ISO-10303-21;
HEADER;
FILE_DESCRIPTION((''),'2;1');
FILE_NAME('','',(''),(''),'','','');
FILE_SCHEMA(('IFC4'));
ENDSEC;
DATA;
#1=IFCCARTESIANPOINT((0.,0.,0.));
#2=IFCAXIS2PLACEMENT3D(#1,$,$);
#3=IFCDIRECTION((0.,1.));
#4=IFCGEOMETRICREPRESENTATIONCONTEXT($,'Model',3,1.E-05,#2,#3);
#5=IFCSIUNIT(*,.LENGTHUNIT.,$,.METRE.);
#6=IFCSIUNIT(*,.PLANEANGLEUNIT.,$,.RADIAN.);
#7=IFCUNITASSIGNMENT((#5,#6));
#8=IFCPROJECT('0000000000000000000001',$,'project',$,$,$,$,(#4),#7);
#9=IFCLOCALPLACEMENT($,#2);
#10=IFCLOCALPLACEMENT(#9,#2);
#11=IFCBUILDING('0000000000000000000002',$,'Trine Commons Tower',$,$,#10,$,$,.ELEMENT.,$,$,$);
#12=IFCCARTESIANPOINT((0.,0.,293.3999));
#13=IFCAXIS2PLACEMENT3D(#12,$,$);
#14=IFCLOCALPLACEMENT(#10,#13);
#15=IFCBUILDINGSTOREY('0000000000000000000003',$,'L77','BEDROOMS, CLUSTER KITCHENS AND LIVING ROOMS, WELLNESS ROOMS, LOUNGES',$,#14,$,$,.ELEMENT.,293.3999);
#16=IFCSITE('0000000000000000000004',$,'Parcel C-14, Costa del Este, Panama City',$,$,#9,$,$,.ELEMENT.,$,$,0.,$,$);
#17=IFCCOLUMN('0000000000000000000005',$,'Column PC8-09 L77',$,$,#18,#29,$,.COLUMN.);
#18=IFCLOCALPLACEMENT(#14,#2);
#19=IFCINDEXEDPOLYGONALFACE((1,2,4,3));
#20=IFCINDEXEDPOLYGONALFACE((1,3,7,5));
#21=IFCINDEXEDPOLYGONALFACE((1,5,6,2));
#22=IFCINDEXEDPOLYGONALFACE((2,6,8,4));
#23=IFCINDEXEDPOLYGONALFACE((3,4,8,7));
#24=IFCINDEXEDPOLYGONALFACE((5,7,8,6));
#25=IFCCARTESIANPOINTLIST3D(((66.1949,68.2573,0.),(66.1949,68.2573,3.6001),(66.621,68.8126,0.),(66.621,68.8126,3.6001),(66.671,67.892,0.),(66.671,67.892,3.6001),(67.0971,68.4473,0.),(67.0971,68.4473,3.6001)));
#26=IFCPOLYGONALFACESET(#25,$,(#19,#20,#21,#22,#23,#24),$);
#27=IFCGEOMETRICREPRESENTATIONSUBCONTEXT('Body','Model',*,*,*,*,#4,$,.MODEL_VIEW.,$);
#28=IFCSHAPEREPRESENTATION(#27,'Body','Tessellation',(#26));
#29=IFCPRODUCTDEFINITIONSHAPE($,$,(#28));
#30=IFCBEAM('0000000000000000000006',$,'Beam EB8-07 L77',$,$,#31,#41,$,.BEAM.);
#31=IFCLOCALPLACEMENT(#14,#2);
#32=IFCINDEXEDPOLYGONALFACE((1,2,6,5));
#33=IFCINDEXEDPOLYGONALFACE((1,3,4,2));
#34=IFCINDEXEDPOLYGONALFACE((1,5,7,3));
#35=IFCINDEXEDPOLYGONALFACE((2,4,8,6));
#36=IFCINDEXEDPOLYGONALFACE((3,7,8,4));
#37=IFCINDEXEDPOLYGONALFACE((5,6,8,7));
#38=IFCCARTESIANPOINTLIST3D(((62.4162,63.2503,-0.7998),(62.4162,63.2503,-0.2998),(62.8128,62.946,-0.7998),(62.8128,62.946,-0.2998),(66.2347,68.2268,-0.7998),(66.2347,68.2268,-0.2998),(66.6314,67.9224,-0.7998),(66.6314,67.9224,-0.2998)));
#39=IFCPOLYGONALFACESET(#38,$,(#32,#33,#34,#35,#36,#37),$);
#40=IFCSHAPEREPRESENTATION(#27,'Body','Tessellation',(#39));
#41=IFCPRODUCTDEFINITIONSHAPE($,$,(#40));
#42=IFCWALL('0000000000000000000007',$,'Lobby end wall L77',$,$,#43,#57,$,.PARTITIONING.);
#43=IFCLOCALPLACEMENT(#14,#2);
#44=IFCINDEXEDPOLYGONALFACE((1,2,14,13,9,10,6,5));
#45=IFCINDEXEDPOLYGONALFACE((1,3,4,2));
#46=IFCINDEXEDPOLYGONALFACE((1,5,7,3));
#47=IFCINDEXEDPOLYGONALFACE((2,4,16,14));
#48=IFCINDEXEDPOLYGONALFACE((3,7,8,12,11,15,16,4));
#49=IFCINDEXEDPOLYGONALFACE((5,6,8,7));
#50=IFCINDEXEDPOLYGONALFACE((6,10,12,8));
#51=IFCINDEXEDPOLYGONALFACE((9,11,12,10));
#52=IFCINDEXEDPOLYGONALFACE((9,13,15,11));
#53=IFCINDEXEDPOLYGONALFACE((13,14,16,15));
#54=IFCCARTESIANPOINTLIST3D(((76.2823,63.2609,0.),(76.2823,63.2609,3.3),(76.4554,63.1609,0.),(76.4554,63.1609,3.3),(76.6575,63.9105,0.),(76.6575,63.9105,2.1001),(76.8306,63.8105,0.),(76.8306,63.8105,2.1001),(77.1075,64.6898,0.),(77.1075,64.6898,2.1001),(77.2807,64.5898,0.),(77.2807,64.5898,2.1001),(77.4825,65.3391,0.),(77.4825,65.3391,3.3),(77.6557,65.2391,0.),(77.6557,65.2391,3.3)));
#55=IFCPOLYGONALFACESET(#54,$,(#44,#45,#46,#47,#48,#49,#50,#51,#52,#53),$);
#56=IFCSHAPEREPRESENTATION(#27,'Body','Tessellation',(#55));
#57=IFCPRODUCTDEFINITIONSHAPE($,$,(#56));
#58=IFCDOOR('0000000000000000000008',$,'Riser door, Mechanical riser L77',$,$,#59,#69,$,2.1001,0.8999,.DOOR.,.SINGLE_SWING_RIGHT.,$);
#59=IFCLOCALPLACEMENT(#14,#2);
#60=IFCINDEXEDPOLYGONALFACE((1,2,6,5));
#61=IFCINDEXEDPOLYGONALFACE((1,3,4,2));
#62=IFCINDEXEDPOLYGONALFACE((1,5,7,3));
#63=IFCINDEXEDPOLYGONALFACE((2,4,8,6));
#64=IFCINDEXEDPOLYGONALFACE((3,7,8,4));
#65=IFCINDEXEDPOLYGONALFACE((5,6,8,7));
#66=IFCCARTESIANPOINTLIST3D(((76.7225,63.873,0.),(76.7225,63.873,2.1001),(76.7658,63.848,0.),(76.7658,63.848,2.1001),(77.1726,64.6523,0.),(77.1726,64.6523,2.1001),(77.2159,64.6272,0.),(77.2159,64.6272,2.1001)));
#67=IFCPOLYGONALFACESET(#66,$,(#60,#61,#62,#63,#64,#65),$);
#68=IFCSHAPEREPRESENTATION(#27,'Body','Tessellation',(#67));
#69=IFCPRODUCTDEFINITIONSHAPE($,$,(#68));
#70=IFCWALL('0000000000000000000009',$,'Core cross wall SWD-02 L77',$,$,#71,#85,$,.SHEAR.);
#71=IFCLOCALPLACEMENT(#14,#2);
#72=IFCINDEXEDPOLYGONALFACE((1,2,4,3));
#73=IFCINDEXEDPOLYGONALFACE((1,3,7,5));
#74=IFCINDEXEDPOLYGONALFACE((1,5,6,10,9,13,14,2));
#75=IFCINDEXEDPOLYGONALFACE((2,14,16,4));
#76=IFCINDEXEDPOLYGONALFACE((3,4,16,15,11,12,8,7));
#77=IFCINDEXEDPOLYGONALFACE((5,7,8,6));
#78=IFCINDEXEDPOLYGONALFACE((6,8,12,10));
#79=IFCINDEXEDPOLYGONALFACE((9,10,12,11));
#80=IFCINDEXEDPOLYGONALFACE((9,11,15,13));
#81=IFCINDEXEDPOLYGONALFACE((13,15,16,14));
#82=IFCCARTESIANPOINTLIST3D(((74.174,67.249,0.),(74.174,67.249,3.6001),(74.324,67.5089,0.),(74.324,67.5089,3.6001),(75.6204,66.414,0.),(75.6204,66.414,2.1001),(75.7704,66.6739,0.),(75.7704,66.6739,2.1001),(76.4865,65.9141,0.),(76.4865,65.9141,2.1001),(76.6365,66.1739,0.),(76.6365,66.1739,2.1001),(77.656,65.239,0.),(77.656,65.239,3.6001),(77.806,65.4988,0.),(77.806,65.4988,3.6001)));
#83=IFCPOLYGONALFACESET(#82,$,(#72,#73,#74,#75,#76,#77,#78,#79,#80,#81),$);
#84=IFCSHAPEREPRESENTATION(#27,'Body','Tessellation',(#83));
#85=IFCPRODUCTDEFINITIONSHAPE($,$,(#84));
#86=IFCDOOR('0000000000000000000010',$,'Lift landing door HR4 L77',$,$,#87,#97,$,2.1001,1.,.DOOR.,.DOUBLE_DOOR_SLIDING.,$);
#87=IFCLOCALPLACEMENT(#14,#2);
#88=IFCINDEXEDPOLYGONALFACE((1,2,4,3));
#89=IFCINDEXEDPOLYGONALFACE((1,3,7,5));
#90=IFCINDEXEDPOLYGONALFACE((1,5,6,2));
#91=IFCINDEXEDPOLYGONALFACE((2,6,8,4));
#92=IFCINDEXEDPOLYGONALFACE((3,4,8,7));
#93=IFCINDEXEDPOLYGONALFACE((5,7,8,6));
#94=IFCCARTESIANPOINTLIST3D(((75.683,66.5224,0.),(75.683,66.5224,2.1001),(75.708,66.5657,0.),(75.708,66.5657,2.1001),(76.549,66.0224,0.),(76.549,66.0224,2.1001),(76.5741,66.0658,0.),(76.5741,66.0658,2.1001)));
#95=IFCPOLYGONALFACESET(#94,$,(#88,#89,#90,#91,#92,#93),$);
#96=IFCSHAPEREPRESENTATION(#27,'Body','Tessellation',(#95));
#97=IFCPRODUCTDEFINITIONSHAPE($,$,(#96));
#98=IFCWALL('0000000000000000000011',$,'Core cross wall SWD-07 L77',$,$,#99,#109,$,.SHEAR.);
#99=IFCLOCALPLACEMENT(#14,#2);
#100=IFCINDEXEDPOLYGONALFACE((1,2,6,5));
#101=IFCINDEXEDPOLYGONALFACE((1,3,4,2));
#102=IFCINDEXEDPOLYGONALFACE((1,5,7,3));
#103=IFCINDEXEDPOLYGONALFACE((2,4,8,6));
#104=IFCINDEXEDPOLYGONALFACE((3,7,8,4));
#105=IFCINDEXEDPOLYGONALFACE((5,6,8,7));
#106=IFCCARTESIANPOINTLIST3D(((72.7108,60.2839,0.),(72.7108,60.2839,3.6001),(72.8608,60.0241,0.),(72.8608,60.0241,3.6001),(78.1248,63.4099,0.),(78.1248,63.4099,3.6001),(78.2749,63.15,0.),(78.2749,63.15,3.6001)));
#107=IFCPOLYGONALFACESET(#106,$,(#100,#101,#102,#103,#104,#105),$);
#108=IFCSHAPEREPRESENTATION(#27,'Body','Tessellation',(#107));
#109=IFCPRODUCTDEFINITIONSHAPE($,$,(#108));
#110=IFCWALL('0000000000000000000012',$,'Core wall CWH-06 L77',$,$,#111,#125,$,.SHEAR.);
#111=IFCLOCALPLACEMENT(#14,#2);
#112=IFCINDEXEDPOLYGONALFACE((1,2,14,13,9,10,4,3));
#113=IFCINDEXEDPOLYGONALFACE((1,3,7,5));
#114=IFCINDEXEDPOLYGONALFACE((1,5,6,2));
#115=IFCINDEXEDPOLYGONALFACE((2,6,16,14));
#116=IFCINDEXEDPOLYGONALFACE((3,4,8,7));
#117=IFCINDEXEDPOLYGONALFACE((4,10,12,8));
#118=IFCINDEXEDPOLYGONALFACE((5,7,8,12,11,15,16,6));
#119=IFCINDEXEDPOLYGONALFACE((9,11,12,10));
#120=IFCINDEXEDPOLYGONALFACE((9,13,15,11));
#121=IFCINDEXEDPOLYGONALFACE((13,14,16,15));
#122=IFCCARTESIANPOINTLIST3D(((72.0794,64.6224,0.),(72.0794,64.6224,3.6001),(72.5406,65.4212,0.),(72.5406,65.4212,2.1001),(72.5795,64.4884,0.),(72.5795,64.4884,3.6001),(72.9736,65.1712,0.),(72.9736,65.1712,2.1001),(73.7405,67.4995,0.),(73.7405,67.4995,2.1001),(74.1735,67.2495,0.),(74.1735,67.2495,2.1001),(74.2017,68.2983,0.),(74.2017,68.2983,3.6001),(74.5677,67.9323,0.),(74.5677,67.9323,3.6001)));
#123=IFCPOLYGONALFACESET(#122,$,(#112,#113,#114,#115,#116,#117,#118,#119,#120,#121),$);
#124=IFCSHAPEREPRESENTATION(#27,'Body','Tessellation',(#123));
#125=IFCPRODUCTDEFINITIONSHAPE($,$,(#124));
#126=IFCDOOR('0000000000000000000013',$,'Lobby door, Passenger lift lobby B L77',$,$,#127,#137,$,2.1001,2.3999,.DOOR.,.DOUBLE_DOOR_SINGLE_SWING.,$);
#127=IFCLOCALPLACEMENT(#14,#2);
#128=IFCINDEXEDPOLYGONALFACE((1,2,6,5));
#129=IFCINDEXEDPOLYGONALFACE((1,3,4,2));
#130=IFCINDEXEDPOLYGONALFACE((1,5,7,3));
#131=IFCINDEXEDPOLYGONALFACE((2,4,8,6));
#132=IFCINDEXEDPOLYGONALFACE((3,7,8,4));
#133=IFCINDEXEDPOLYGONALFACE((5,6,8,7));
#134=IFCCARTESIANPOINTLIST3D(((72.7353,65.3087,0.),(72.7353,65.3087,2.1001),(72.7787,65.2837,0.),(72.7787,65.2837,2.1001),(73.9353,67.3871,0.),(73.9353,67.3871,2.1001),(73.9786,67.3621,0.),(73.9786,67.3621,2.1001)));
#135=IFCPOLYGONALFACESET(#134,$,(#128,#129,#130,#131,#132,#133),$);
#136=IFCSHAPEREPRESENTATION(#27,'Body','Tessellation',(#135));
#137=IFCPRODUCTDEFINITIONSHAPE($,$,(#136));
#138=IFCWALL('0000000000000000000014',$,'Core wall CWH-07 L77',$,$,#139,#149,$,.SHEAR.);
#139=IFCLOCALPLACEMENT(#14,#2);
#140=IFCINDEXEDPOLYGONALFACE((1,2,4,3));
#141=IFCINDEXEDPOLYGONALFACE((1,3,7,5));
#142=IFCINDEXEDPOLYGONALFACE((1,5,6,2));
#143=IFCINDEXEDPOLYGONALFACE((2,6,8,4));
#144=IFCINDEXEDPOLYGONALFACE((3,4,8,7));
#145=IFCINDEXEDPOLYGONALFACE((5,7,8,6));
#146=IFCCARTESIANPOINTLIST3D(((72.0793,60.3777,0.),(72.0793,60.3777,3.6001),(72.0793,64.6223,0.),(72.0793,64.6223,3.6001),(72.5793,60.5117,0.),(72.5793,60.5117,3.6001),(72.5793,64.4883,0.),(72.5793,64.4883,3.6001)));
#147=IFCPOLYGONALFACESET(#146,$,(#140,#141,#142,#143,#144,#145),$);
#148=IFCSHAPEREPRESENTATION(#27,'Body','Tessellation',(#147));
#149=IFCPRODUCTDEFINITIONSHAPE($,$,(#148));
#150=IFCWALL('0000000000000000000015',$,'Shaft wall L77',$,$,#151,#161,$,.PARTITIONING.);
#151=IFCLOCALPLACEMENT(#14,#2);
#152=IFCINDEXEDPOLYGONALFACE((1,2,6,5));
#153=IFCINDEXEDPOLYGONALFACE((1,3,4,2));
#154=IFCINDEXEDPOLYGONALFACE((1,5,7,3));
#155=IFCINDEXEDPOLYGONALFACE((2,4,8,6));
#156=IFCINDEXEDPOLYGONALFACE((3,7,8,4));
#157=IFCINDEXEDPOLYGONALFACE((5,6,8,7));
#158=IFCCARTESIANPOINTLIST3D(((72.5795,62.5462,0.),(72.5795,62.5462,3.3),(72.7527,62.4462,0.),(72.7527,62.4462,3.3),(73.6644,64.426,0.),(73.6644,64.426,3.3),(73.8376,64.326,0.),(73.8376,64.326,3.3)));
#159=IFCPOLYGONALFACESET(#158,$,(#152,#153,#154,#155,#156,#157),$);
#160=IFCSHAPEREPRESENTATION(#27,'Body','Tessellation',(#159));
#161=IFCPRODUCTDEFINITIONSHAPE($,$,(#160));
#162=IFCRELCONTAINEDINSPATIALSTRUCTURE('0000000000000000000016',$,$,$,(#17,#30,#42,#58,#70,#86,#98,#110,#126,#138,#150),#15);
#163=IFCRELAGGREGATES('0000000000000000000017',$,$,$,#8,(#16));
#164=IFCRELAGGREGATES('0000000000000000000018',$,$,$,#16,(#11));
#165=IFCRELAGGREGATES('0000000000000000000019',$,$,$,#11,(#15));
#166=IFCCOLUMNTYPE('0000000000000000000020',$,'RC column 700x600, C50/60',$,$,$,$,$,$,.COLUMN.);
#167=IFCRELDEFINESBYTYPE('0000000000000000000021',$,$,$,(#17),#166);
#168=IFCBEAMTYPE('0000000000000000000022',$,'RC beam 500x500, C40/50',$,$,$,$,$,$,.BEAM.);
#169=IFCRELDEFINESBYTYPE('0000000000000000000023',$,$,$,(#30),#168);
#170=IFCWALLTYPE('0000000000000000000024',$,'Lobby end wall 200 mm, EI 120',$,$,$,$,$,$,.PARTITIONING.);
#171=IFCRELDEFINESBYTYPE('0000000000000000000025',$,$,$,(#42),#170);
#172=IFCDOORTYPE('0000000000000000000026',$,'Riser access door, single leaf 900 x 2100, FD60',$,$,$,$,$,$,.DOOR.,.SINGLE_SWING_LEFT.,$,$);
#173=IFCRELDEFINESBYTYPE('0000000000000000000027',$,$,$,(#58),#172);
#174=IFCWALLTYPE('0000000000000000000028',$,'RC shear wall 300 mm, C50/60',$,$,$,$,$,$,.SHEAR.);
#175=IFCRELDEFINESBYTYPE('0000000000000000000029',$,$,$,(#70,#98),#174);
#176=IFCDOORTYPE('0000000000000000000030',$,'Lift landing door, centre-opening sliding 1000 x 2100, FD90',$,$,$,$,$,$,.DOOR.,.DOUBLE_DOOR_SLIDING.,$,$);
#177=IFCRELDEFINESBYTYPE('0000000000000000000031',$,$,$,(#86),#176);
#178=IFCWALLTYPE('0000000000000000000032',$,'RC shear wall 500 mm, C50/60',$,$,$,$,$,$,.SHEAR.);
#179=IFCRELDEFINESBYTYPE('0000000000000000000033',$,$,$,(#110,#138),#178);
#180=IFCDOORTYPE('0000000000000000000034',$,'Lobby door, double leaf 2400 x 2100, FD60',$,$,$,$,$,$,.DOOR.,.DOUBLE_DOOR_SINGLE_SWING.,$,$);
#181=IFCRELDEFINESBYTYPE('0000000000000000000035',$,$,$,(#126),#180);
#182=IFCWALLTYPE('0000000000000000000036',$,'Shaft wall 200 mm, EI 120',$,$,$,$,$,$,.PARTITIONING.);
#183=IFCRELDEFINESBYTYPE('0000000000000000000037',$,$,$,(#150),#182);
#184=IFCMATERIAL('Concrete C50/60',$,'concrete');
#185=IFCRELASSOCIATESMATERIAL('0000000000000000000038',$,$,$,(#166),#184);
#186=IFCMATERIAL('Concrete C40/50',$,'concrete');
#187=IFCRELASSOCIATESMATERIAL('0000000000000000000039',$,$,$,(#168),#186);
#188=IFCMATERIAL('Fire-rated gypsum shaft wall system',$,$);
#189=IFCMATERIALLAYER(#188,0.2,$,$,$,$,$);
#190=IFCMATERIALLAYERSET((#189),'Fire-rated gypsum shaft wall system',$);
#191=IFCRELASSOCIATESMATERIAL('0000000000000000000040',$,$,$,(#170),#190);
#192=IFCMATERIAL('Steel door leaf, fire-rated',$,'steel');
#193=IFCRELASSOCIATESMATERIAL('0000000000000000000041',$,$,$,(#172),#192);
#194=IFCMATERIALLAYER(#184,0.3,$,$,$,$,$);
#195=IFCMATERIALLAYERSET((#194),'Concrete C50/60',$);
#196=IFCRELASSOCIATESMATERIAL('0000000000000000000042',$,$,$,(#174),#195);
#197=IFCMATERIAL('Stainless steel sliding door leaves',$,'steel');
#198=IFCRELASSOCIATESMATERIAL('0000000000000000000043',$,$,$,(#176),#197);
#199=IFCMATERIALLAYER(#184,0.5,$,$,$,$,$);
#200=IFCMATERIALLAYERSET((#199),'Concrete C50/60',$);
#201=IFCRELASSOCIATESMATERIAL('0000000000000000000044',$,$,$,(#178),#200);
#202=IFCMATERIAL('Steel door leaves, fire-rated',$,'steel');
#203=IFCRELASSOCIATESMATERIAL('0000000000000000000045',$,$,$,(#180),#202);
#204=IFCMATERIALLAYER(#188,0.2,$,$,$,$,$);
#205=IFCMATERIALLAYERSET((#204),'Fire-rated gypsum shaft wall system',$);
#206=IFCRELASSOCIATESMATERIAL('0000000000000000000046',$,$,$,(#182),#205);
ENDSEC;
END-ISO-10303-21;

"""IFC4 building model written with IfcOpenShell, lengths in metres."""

from ifc_helpers import new_model, si_unit, direction, frame, frame_2d, origin, origin_2d, place, context, subcontext, project, spatial, polyline, rectangle, outline, extrude, material, layer, layer_set, material_profile, profile_set, type_object, element, fill, save


model = new_model("IFC4")

# Units and contexts
model_context = context("Model", 3, precision=1e-05, world=origin(), true_north=direction((0.0, 1.0)))
body_context = subcontext(model_context, "Body", "Model", "MODEL_VIEW")
ifc_project = project(units=[si_unit("LENGTHUNIT", "METRE"), si_unit("PLANEANGLEUNIT", "RADIAN")], contexts=[model_context])

# Site, building, storey
site_placement = place(None, origin())
site = spatial("IfcSite", under=ifc_project, at=site_placement, Name="Parcel C-14, Costa del Este, Panama City", CompositionType="ELEMENT", RefElevation=0.0)
building_placement = place(site_placement, origin())
building = spatial("IfcBuilding", under=site, at=building_placement, Name="Trine Commons Tower", CompositionType="ELEMENT")
storey_placement = place(building_placement, frame((0.0, 0.0, 293.3999)))
storey = spatial("IfcBuildingStorey", under=building, at=storey_placement, Name="L77", Description="BEDROOMS, CLUSTER KITCHENS AND LIVING ROOMS, WELLNESS ROOMS, LOUNGES", CompositionType="ELEMENT", Elevation=293.3999)

# Column
ifc_material_1 = material(Name="Concrete C50/60", Category="concrete")
ifc_material_profile_1 = material_profile(ifc_material_1, rectangle(XDim=0.7, YDim=0.6001, at=origin_2d()), Name="RC 700x600")
ifc_profile_set_1 = profile_set([ifc_material_profile_1], Name="Concrete C50/60")
column_type = type_object("IfcColumnType", Name="RC column 700x600, C50/60", PredefinedType="COLUMN", material=ifc_profile_set_1)
column_placement = place(storey_placement, frame((66.646, 68.3523, 0.0), z_axis=(0.0, 0.0, 1.0), x_axis=(0.608761, 0.793353, 0.0)))
element("IfcColumn", 1, at=column_placement, inside=storey, type_object=column_type, Name="Column PC8-09 L77", PredefinedType="COLUMN", context=body_context, shape_type="SweptSolid", body=[
    extrude(rectangle(XDim=0.7, YDim=0.6001, at=origin_2d()), origin(), (0.0, 0.0, 1.0), 3.6001),
])

# Beam
ifc_material_2 = material(Name="Concrete C40/50", Category="concrete")
ifc_material_profile_2 = material_profile(ifc_material_2, rectangle(XDim=0.5, YDim=0.5, at=origin_2d()), Name="RC 500x500")
ifc_profile_set_2 = profile_set([ifc_material_profile_2], Name="Concrete C40/50")
beam_type = type_object("IfcBeamType", Name="RC beam 500x500, C40/50", PredefinedType="BEAM", material=ifc_profile_set_2)
beam_placement = place(storey_placement, frame((62.6145, 63.0981, -0.5498), z_axis=(0.608757, 0.793357, 0.0), x_axis=(-0.793357, 0.608757, 0.0)))
element("IfcBeam", 2, at=beam_placement, inside=storey, type_object=beam_type, Name="Beam EB8-07 L77", PredefinedType="BEAM", context=body_context, shape_type="SweptSolid", body=[
    extrude(rectangle(XDim=0.5, YDim=0.5, at=origin_2d()), origin(), (0.0, 0.0, 1.0), 6.2727),
])

# Walls, openings, doors
ifc_material_3 = material(Name="Fire-rated gypsum shaft wall system")
ifc_layer_1 = layer(ifc_material_3, 0.2)
ifc_layer_set_1 = layer_set([ifc_layer_1], Name="Fire-rated gypsum shaft wall system")
wall_type_1 = type_object("IfcWallType", Name="Lobby end wall 200 mm, EI 120", PredefinedType="PARTITIONING", material=ifc_layer_set_1)
wall_1_placement = place(storey_placement, frame((77.5691, 65.2891, 0.0), z_axis=(0.0, 0.0, 1.0), x_axis=(-0.500122, -0.865955, 0.0)))
wall_1 = element("IfcWall", 3, at=wall_1_placement, inside=storey, type_object=wall_type_1, Name="Lobby end wall L77", PredefinedType="PARTITIONING", context=body_context, shape_type="SweptSolid", body=[
    extrude(rectangle(XDim=2.3999, YDim=0.2, at=frame_2d((1.2, 0.0))), origin(), (0.0, 0.0, 1.0), 3.3),
])
opening_1_placement = place(wall_1_placement, frame((0.7498, 0.0, 0.0)))
opening_1 = element("IfcOpeningElement", 4, at=opening_1_placement, cuts=wall_1, PredefinedType="OPENING", context=body_context, shape_type="SweptSolid", body=[
    extrude(rectangle(XDim=0.8999, YDim=2.1001, at=frame_2d((0.45, 1.05))), frame((0.0, 0.1099, 0.0), z_axis=(0.0, -1.0, 0.0), x_axis=(1.0, 0.0, 0.0)), (0.0, 0.0, 1.0), 0.22),
])
ifc_material_4 = material(Name="Steel door leaf, fire-rated", Category="steel")
door_type_1 = type_object("IfcDoorType", Name="Riser access door, single leaf 900 x 2100, FD60", OperationType="SINGLE_SWING_LEFT", PredefinedType="DOOR", material=ifc_material_4)
door_1_placement = place(opening_1_placement, frame((0.8999, 0.0, 0.0), z_axis=(0.0, 0.0, 1.0), x_axis=(-1.0, 0.0, 0.0)))
door_1 = element("IfcDoor", 5, at=door_1_placement, inside=storey, type_object=door_type_1, Name="Riser door, Mechanical riser L77", OperationType="SINGLE_SWING_RIGHT", OverallHeight=2.1001, OverallWidth=0.8999, PredefinedType="DOOR", context=body_context, shape_type="SweptSolid", body=[
    extrude(rectangle(XDim=0.8999, YDim=2.1001, at=frame_2d((0.45, 1.05))), frame((0.0, 0.0249, 0.0), z_axis=(0.0, -1.0, 0.0), x_axis=(1.0, 0.0, 0.0)), (0.0, 0.0, 1.0), 0.05),
])
fill(opening_1, door_1)
ifc_layer_2 = layer(ifc_material_1, 0.3)
ifc_layer_set_2 = layer_set([ifc_layer_2], Name="Concrete C50/60")
wall_type_2 = type_object("IfcWallType", Name="RC shear wall 300 mm, C50/60", PredefinedType="SHEAR", material=ifc_layer_set_2)
wall_2_placement = place(storey_placement, frame((77.731, 65.3689, 0.0), z_axis=(0.0, 0.0, 1.0), x_axis=(-0.866056, 0.499947, 0.0)))
wall_2 = element("IfcWall", 6, at=wall_2_placement, inside=storey, type_object=wall_type_2, Name="Core cross wall SWD-02 L77", PredefinedType="SHEAR", context=body_context, shape_type="SweptSolid", body=[
    extrude(rectangle(XDim=4.0205, YDim=0.3, at=frame_2d((2.0103, 0.0))), origin(), (0.0, 0.0, 1.0), 3.6001),
])
opening_2_placement = place(wall_2_placement, frame((1.3503, 0.0, 0.0)))
opening_2 = element("IfcOpeningElement", 7, at=opening_2_placement, cuts=wall_2, PredefinedType="OPENING", context=body_context, shape_type="SweptSolid", body=[
    extrude(rectangle(XDim=1.0, YDim=2.1001, at=frame_2d((0.5, 1.05))), frame((0.0, 0.1599, 0.0), z_axis=(0.0, -1.0, 0.0), x_axis=(1.0, 0.0, 0.0)), (0.0, 0.0, 1.0), 0.3201),
])
ifc_material_5 = material(Name="Stainless steel sliding door leaves", Category="steel")
door_type_2 = type_object("IfcDoorType", Name="Lift landing door, centre-opening sliding 1000 x 2100, FD90", OperationType="DOUBLE_DOOR_SLIDING", PredefinedType="DOOR", material=ifc_material_5)
door_2_placement = place(opening_2_placement, origin())
door_2 = element("IfcDoor", 8, at=door_2_placement, inside=storey, type_object=door_type_2, Name="Lift landing door HR4 L77", OperationType="DOUBLE_DOOR_SLIDING", OverallHeight=2.1001, OverallWidth=1.0, PredefinedType="DOOR", context=body_context, shape_type="SweptSolid", body=[
    extrude(rectangle(XDim=1.0, YDim=2.1001, at=frame_2d((0.5, 1.05))), frame((0.0, 0.0249, 0.0), z_axis=(0.0, -1.0, 0.0), x_axis=(1.0, 0.0, 0.0)), (0.0, 0.0, 1.0), 0.05),
])
fill(opening_2, door_2)

# Wall
wall_3_placement = place(storey_placement, frame((78.2, 63.28, 0.0), z_axis=(0.0, 0.0, 1.0), x_axis=(-0.866014, -0.50002, 0.0)))
element("IfcWall", 9, at=wall_3_placement, inside=storey, type_object=wall_type_2, Name="Core cross wall SWD-07 L77", PredefinedType="SHEAR", context=body_context, shape_type="SweptSolid", body=[
    extrude(rectangle(XDim=6.2517, YDim=0.3, at=frame_2d((3.126, 0.0))), origin(), (0.0, 0.0, 1.0), 3.6001),
])

# Wall, opening, door
ifc_layer_3 = layer(ifc_material_1, 0.5)
ifc_layer_set_3 = layer_set([ifc_layer_3], Name="Concrete C50/60")
wall_type_3 = type_object("IfcWallType", Name="RC shear wall 500 mm, C50/60", PredefinedType="SHEAR", material=ifc_layer_set_3)
wall_4_placement = place(storey_placement, frame((74.4182, 68.1733, 0.0), z_axis=(0.0, 0.0, 1.0), x_axis=(-0.499993, -0.866029, 0.0)))
wall_4 = element("IfcWall", 10, at=wall_4_placement, inside=storey, type_object=wall_type_3, Name="Core wall CWH-06 L77", PredefinedType="SHEAR", context=body_context, shape_type="SweptSolid", body=[
    extrude(outline(polyline([(0.0, -0.25), (4.2446, -0.25), (4.1106, 0.25), (0.134, 0.25), (0.0, -0.25)])), origin(), (0.0, 0.0, 1.0), 3.6001),
])
opening_3_placement = place(wall_4_placement, frame((0.9224, 0.0, 0.0)))
opening_3 = element("IfcOpeningElement", 11, at=opening_3_placement, cuts=wall_4, PredefinedType="OPENING", context=body_context, shape_type="SweptSolid", body=[
    extrude(rectangle(XDim=2.3999, YDim=2.1001, at=frame_2d((1.2, 1.05))), frame((0.0, 0.26, 0.0), z_axis=(0.0, -1.0, 0.0), x_axis=(1.0, 0.0, 0.0)), (0.0, 0.0, 1.0), 0.52),
])
ifc_material_6 = material(Name="Steel door leaves, fire-rated", Category="steel")
door_type_3 = type_object("IfcDoorType", Name="Lobby door, double leaf 2400 x 2100, FD60", OperationType="DOUBLE_DOOR_SINGLE_SWING", PredefinedType="DOOR", material=ifc_material_6)
door_3_placement = place(opening_3_placement, origin())
door_3 = element("IfcDoor", 12, at=door_3_placement, inside=storey, type_object=door_type_3, Name="Lobby door, Passenger lift lobby B L77", OperationType="DOUBLE_DOOR_SINGLE_SWING", OverallHeight=2.1001, OverallWidth=2.3999, PredefinedType="DOOR", context=body_context, shape_type="SweptSolid", body=[
    extrude(rectangle(XDim=2.3999, YDim=2.1001, at=frame_2d((1.2, 1.05))), frame((0.0, 0.0249, 0.0), z_axis=(0.0, -1.0, 0.0), x_axis=(1.0, 0.0, 0.0)), (0.0, 0.0, 1.0), 0.05),
])
fill(opening_3, door_3)

# Walls
wall_5_placement = place(storey_placement, frame((72.3293, 64.6223, 0.0), z_axis=(0.0, 0.0, 1.0), x_axis=(0.0, -1.0, 0.0)))
element("IfcWall", 13, at=wall_5_placement, inside=storey, type_object=wall_type_3, Name="Core wall CWH-07 L77", PredefinedType="SHEAR", context=body_context, shape_type="SweptSolid", body=[
    extrude(outline(polyline([(0.0, -0.25), (4.2446, -0.25), (4.1106, 0.25), (0.134, 0.25), (0.0, -0.25)])), origin(), (0.0, 0.0, 1.0), 3.6001),
])
ifc_layer_4 = layer(ifc_material_3, 0.2)
ifc_layer_set_4 = layer_set([ifc_layer_4], Name="Fire-rated gypsum shaft wall system")
wall_type_4 = type_object("IfcWallType", Name="Shaft wall 200 mm, EI 120", PredefinedType="PARTITIONING", material=ifc_layer_set_4)
wall_6_placement = place(storey_placement, frame((73.751, 64.376, 0.0), z_axis=(0.0, 0.0, 1.0), x_axis=(-0.499865, -0.866103, 0.0)))
element("IfcWall", 14, at=wall_6_placement, inside=storey, type_object=wall_type_4, Name="Shaft wall L77", PredefinedType="PARTITIONING", context=body_context, shape_type="SweptSolid", body=[
    extrude(rectangle(XDim=2.1704, YDim=0.2, at=frame_2d((1.0852, 0.0))), origin(), (0.0, 0.0, 1.0), 3.3),
])

save(model, "model.ifc")
